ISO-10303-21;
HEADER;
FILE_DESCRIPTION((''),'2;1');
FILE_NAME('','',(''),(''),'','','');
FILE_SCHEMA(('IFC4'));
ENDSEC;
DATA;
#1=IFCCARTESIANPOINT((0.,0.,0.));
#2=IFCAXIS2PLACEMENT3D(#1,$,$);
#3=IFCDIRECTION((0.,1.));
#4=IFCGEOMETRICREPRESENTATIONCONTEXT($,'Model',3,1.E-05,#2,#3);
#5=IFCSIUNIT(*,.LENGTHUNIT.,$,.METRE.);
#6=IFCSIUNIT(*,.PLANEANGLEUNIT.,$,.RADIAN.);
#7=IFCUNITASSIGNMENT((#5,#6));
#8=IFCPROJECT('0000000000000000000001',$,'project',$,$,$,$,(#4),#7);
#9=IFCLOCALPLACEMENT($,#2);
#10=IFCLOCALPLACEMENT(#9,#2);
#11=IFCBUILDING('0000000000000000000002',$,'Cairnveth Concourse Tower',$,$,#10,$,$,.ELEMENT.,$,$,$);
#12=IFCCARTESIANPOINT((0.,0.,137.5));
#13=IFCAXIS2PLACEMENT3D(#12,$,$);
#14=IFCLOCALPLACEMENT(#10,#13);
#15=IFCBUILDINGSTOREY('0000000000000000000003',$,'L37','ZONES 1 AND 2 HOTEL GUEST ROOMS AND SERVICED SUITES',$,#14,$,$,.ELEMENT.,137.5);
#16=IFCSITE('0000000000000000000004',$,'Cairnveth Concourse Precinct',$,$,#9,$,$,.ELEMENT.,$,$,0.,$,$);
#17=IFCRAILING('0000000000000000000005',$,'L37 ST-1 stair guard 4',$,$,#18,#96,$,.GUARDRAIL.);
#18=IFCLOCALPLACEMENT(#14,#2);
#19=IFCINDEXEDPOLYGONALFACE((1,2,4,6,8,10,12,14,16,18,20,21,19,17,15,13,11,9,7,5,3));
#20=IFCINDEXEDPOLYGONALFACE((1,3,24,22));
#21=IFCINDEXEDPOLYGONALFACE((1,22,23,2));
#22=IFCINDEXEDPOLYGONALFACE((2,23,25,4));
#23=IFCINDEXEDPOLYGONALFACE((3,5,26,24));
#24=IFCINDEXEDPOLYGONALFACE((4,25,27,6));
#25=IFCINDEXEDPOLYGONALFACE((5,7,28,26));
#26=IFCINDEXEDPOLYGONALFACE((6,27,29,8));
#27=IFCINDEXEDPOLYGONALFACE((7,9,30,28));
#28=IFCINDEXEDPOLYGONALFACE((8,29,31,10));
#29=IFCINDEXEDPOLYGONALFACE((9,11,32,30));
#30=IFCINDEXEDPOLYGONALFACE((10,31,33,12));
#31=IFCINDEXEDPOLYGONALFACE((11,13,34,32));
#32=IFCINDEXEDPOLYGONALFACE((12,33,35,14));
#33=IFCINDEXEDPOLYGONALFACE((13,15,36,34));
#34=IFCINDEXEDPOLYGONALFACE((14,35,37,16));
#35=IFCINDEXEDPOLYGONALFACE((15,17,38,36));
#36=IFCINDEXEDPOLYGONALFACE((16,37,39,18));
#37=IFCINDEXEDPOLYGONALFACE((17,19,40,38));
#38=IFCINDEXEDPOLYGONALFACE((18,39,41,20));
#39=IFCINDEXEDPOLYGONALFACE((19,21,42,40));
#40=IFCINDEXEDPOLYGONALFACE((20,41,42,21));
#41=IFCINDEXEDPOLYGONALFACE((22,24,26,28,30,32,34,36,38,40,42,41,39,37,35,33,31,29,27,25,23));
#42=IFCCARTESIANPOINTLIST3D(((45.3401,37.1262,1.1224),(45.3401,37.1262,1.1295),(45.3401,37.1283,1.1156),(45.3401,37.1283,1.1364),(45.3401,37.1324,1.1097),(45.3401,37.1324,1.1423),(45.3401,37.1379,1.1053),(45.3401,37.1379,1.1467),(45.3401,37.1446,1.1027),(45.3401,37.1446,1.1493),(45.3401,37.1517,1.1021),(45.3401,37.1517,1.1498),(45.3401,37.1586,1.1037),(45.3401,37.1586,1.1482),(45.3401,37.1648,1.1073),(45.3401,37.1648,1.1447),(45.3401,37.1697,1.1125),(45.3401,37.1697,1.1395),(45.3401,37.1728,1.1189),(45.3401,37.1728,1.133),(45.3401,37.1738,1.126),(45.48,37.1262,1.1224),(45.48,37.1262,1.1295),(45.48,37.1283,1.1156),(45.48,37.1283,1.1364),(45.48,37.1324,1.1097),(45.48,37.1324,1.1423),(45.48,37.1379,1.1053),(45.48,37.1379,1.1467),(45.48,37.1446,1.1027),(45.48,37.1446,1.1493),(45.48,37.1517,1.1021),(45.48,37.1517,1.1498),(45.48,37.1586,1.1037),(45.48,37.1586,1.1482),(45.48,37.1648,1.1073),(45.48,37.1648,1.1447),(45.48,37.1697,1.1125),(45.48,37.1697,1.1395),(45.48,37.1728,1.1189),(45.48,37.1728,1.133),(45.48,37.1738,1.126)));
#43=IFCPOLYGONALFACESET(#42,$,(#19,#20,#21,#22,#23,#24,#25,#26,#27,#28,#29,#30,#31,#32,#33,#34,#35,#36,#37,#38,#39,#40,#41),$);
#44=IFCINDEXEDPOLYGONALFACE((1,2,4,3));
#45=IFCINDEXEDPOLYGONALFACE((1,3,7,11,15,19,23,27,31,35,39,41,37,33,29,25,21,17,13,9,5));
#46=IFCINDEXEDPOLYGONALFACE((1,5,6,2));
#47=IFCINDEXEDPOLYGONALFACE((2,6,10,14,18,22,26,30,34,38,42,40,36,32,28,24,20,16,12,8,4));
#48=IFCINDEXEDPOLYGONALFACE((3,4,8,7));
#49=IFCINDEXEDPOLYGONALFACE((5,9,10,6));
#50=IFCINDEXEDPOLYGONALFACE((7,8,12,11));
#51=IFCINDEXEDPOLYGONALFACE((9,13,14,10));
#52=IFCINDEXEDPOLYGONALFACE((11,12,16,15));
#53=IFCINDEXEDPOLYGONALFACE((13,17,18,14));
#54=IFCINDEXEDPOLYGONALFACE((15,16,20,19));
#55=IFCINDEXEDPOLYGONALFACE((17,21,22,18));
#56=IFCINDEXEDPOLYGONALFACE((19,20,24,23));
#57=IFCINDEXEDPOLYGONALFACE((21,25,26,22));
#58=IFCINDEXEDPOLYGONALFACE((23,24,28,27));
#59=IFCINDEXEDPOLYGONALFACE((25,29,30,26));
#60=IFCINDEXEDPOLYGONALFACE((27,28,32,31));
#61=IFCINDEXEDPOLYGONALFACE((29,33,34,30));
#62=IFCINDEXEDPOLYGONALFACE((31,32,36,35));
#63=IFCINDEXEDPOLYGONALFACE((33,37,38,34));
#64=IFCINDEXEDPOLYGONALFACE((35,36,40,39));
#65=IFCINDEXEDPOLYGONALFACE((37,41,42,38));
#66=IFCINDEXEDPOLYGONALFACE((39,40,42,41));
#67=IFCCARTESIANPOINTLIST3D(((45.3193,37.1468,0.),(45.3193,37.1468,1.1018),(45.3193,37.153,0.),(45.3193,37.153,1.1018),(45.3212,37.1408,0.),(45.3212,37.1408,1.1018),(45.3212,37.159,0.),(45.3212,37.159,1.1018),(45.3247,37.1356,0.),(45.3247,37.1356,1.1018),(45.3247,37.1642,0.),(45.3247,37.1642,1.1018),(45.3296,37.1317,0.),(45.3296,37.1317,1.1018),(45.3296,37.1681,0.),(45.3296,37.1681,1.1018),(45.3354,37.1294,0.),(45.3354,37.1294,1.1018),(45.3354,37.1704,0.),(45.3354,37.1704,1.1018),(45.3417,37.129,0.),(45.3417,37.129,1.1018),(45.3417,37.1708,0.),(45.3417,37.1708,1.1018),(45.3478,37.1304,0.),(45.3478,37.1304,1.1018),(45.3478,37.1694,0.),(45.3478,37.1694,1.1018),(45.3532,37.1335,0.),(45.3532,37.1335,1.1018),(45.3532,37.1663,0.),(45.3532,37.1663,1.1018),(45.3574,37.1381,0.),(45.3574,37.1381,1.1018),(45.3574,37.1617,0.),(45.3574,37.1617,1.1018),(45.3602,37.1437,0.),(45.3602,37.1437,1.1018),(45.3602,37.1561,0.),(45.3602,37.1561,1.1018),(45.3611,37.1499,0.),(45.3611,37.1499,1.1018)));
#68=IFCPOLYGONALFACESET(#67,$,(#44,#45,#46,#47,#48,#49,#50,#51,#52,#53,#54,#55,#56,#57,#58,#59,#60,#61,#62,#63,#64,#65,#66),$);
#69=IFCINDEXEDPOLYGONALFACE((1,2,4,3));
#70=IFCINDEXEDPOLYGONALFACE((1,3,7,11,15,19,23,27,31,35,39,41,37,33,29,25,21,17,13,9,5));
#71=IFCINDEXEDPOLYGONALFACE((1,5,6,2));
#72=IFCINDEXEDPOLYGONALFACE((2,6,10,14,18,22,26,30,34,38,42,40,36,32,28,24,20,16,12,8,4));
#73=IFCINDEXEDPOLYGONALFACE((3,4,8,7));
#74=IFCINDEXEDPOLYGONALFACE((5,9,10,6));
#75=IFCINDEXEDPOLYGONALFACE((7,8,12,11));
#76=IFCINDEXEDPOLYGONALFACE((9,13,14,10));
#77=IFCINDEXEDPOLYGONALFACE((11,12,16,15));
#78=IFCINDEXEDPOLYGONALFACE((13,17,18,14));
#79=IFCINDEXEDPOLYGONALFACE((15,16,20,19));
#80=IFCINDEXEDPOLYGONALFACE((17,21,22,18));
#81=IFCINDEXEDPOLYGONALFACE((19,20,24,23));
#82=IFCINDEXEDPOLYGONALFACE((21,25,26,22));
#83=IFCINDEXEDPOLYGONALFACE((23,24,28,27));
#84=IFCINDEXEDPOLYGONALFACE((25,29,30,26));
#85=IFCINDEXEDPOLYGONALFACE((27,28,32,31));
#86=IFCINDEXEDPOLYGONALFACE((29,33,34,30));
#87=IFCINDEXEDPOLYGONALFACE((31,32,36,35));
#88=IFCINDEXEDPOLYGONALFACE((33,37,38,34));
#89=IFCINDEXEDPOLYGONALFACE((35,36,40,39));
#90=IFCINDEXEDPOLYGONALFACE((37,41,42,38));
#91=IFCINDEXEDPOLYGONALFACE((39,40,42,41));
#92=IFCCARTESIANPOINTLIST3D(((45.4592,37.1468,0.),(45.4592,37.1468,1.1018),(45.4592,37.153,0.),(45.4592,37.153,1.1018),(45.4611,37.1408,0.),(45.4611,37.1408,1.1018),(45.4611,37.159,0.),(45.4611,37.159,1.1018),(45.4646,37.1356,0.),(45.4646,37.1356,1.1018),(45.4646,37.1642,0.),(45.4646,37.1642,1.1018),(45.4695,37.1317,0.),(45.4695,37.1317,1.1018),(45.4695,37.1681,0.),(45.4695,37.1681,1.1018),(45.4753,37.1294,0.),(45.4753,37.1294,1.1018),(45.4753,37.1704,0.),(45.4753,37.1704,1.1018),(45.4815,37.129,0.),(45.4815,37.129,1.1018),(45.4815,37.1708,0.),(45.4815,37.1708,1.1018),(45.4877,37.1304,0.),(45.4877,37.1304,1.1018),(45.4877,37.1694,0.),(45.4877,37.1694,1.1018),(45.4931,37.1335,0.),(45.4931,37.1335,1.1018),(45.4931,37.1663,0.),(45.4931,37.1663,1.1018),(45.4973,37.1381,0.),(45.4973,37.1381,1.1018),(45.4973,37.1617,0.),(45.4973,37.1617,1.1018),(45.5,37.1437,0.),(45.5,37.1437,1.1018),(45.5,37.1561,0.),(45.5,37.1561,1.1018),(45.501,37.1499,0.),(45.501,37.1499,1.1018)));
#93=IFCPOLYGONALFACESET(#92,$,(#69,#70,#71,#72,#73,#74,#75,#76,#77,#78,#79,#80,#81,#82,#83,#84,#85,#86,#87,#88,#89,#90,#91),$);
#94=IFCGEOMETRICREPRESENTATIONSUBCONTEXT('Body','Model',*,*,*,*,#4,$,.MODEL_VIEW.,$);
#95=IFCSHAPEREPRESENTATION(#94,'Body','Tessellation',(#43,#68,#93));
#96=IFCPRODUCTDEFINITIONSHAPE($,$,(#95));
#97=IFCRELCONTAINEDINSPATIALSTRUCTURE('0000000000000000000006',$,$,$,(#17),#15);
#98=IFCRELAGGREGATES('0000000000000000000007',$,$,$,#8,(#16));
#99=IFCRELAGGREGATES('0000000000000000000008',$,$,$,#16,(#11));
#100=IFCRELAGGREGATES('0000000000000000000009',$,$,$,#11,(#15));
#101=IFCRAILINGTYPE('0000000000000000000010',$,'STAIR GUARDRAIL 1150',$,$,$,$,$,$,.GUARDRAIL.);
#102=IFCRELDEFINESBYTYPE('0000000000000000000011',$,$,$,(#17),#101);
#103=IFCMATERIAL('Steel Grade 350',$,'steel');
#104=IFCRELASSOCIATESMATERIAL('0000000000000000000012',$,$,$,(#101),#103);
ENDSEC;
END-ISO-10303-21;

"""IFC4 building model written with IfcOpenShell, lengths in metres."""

from ifc_helpers import new_model, si_unit, direction, frame, origin, origin_2d, place, context, subcontext, project, spatial, circle, extrude, material, type_object, element, save


model = new_model("IFC4")

# Units and contexts
model_context = context("Model", 3, precision=1e-05, world=origin(), true_north=direction((0.0, 1.0)))
body_context = subcontext(model_context, "Body", "Model", "MODEL_VIEW")
ifc_project = project(units=[si_unit("LENGTHUNIT", "METRE"), si_unit("PLANEANGLEUNIT", "RADIAN")], contexts=[model_context])

# Site, building, storey
site_placement = place(None, origin())
site = spatial("IfcSite", under=ifc_project, at=site_placement, Name="Cairnveth Concourse Precinct", CompositionType="ELEMENT", RefElevation=0.0)
building_placement = place(site_placement, origin())
building = spatial("IfcBuilding", under=site, at=building_placement, Name="Cairnveth Concourse Tower", CompositionType="ELEMENT")
storey_placement = place(building_placement, frame((0.0, 0.0, 137.5)))
storey = spatial("IfcBuildingStorey", under=building, at=storey_placement, Name="L37", Description="ZONES 1 AND 2 HOTEL GUEST ROOMS AND SERVICED SUITES", CompositionType="ELEMENT", Elevation=137.5)

# Shared definitions
ifc_material_1 = material(Name="Steel Grade 350", Category="steel")

# Railing
railing_type_1 = type_object("IfcRailingType", Name="STAIR GUARDRAIL 1150", PredefinedType="GUARDRAIL", material=ifc_material_1)
railing_1_placement = place(storey_placement, frame((45.3401, 37.1499, 0.0)))
element("IfcRailing", 1, at=railing_1_placement, inside=storey, type_object=railing_type_1, Name="L37 ST-1 stair guard 4", PredefinedType="GUARDRAIL", context=body_context, shape_type="SweptSolid", body=[
    extrude(circle(Radius=0.0239, at=origin_2d()), frame((0.0, 0.0, 1.126), z_axis=(1.0, 0.0, 0.0), x_axis=(0.0, 1.0, 0.0)), (0.0, 0.0, 1.0), 0.1399),
    extrude(circle(Radius=0.021, at=origin_2d()), origin(), (0.0, 0.0, 1.0), 1.1018),
    extrude(circle(Radius=0.021, at=origin_2d()), frame((0.1399, 0.0, 0.0)), (0.0, 0.0, 1.0), 1.1018),
])

save(model, "model.ifc")
